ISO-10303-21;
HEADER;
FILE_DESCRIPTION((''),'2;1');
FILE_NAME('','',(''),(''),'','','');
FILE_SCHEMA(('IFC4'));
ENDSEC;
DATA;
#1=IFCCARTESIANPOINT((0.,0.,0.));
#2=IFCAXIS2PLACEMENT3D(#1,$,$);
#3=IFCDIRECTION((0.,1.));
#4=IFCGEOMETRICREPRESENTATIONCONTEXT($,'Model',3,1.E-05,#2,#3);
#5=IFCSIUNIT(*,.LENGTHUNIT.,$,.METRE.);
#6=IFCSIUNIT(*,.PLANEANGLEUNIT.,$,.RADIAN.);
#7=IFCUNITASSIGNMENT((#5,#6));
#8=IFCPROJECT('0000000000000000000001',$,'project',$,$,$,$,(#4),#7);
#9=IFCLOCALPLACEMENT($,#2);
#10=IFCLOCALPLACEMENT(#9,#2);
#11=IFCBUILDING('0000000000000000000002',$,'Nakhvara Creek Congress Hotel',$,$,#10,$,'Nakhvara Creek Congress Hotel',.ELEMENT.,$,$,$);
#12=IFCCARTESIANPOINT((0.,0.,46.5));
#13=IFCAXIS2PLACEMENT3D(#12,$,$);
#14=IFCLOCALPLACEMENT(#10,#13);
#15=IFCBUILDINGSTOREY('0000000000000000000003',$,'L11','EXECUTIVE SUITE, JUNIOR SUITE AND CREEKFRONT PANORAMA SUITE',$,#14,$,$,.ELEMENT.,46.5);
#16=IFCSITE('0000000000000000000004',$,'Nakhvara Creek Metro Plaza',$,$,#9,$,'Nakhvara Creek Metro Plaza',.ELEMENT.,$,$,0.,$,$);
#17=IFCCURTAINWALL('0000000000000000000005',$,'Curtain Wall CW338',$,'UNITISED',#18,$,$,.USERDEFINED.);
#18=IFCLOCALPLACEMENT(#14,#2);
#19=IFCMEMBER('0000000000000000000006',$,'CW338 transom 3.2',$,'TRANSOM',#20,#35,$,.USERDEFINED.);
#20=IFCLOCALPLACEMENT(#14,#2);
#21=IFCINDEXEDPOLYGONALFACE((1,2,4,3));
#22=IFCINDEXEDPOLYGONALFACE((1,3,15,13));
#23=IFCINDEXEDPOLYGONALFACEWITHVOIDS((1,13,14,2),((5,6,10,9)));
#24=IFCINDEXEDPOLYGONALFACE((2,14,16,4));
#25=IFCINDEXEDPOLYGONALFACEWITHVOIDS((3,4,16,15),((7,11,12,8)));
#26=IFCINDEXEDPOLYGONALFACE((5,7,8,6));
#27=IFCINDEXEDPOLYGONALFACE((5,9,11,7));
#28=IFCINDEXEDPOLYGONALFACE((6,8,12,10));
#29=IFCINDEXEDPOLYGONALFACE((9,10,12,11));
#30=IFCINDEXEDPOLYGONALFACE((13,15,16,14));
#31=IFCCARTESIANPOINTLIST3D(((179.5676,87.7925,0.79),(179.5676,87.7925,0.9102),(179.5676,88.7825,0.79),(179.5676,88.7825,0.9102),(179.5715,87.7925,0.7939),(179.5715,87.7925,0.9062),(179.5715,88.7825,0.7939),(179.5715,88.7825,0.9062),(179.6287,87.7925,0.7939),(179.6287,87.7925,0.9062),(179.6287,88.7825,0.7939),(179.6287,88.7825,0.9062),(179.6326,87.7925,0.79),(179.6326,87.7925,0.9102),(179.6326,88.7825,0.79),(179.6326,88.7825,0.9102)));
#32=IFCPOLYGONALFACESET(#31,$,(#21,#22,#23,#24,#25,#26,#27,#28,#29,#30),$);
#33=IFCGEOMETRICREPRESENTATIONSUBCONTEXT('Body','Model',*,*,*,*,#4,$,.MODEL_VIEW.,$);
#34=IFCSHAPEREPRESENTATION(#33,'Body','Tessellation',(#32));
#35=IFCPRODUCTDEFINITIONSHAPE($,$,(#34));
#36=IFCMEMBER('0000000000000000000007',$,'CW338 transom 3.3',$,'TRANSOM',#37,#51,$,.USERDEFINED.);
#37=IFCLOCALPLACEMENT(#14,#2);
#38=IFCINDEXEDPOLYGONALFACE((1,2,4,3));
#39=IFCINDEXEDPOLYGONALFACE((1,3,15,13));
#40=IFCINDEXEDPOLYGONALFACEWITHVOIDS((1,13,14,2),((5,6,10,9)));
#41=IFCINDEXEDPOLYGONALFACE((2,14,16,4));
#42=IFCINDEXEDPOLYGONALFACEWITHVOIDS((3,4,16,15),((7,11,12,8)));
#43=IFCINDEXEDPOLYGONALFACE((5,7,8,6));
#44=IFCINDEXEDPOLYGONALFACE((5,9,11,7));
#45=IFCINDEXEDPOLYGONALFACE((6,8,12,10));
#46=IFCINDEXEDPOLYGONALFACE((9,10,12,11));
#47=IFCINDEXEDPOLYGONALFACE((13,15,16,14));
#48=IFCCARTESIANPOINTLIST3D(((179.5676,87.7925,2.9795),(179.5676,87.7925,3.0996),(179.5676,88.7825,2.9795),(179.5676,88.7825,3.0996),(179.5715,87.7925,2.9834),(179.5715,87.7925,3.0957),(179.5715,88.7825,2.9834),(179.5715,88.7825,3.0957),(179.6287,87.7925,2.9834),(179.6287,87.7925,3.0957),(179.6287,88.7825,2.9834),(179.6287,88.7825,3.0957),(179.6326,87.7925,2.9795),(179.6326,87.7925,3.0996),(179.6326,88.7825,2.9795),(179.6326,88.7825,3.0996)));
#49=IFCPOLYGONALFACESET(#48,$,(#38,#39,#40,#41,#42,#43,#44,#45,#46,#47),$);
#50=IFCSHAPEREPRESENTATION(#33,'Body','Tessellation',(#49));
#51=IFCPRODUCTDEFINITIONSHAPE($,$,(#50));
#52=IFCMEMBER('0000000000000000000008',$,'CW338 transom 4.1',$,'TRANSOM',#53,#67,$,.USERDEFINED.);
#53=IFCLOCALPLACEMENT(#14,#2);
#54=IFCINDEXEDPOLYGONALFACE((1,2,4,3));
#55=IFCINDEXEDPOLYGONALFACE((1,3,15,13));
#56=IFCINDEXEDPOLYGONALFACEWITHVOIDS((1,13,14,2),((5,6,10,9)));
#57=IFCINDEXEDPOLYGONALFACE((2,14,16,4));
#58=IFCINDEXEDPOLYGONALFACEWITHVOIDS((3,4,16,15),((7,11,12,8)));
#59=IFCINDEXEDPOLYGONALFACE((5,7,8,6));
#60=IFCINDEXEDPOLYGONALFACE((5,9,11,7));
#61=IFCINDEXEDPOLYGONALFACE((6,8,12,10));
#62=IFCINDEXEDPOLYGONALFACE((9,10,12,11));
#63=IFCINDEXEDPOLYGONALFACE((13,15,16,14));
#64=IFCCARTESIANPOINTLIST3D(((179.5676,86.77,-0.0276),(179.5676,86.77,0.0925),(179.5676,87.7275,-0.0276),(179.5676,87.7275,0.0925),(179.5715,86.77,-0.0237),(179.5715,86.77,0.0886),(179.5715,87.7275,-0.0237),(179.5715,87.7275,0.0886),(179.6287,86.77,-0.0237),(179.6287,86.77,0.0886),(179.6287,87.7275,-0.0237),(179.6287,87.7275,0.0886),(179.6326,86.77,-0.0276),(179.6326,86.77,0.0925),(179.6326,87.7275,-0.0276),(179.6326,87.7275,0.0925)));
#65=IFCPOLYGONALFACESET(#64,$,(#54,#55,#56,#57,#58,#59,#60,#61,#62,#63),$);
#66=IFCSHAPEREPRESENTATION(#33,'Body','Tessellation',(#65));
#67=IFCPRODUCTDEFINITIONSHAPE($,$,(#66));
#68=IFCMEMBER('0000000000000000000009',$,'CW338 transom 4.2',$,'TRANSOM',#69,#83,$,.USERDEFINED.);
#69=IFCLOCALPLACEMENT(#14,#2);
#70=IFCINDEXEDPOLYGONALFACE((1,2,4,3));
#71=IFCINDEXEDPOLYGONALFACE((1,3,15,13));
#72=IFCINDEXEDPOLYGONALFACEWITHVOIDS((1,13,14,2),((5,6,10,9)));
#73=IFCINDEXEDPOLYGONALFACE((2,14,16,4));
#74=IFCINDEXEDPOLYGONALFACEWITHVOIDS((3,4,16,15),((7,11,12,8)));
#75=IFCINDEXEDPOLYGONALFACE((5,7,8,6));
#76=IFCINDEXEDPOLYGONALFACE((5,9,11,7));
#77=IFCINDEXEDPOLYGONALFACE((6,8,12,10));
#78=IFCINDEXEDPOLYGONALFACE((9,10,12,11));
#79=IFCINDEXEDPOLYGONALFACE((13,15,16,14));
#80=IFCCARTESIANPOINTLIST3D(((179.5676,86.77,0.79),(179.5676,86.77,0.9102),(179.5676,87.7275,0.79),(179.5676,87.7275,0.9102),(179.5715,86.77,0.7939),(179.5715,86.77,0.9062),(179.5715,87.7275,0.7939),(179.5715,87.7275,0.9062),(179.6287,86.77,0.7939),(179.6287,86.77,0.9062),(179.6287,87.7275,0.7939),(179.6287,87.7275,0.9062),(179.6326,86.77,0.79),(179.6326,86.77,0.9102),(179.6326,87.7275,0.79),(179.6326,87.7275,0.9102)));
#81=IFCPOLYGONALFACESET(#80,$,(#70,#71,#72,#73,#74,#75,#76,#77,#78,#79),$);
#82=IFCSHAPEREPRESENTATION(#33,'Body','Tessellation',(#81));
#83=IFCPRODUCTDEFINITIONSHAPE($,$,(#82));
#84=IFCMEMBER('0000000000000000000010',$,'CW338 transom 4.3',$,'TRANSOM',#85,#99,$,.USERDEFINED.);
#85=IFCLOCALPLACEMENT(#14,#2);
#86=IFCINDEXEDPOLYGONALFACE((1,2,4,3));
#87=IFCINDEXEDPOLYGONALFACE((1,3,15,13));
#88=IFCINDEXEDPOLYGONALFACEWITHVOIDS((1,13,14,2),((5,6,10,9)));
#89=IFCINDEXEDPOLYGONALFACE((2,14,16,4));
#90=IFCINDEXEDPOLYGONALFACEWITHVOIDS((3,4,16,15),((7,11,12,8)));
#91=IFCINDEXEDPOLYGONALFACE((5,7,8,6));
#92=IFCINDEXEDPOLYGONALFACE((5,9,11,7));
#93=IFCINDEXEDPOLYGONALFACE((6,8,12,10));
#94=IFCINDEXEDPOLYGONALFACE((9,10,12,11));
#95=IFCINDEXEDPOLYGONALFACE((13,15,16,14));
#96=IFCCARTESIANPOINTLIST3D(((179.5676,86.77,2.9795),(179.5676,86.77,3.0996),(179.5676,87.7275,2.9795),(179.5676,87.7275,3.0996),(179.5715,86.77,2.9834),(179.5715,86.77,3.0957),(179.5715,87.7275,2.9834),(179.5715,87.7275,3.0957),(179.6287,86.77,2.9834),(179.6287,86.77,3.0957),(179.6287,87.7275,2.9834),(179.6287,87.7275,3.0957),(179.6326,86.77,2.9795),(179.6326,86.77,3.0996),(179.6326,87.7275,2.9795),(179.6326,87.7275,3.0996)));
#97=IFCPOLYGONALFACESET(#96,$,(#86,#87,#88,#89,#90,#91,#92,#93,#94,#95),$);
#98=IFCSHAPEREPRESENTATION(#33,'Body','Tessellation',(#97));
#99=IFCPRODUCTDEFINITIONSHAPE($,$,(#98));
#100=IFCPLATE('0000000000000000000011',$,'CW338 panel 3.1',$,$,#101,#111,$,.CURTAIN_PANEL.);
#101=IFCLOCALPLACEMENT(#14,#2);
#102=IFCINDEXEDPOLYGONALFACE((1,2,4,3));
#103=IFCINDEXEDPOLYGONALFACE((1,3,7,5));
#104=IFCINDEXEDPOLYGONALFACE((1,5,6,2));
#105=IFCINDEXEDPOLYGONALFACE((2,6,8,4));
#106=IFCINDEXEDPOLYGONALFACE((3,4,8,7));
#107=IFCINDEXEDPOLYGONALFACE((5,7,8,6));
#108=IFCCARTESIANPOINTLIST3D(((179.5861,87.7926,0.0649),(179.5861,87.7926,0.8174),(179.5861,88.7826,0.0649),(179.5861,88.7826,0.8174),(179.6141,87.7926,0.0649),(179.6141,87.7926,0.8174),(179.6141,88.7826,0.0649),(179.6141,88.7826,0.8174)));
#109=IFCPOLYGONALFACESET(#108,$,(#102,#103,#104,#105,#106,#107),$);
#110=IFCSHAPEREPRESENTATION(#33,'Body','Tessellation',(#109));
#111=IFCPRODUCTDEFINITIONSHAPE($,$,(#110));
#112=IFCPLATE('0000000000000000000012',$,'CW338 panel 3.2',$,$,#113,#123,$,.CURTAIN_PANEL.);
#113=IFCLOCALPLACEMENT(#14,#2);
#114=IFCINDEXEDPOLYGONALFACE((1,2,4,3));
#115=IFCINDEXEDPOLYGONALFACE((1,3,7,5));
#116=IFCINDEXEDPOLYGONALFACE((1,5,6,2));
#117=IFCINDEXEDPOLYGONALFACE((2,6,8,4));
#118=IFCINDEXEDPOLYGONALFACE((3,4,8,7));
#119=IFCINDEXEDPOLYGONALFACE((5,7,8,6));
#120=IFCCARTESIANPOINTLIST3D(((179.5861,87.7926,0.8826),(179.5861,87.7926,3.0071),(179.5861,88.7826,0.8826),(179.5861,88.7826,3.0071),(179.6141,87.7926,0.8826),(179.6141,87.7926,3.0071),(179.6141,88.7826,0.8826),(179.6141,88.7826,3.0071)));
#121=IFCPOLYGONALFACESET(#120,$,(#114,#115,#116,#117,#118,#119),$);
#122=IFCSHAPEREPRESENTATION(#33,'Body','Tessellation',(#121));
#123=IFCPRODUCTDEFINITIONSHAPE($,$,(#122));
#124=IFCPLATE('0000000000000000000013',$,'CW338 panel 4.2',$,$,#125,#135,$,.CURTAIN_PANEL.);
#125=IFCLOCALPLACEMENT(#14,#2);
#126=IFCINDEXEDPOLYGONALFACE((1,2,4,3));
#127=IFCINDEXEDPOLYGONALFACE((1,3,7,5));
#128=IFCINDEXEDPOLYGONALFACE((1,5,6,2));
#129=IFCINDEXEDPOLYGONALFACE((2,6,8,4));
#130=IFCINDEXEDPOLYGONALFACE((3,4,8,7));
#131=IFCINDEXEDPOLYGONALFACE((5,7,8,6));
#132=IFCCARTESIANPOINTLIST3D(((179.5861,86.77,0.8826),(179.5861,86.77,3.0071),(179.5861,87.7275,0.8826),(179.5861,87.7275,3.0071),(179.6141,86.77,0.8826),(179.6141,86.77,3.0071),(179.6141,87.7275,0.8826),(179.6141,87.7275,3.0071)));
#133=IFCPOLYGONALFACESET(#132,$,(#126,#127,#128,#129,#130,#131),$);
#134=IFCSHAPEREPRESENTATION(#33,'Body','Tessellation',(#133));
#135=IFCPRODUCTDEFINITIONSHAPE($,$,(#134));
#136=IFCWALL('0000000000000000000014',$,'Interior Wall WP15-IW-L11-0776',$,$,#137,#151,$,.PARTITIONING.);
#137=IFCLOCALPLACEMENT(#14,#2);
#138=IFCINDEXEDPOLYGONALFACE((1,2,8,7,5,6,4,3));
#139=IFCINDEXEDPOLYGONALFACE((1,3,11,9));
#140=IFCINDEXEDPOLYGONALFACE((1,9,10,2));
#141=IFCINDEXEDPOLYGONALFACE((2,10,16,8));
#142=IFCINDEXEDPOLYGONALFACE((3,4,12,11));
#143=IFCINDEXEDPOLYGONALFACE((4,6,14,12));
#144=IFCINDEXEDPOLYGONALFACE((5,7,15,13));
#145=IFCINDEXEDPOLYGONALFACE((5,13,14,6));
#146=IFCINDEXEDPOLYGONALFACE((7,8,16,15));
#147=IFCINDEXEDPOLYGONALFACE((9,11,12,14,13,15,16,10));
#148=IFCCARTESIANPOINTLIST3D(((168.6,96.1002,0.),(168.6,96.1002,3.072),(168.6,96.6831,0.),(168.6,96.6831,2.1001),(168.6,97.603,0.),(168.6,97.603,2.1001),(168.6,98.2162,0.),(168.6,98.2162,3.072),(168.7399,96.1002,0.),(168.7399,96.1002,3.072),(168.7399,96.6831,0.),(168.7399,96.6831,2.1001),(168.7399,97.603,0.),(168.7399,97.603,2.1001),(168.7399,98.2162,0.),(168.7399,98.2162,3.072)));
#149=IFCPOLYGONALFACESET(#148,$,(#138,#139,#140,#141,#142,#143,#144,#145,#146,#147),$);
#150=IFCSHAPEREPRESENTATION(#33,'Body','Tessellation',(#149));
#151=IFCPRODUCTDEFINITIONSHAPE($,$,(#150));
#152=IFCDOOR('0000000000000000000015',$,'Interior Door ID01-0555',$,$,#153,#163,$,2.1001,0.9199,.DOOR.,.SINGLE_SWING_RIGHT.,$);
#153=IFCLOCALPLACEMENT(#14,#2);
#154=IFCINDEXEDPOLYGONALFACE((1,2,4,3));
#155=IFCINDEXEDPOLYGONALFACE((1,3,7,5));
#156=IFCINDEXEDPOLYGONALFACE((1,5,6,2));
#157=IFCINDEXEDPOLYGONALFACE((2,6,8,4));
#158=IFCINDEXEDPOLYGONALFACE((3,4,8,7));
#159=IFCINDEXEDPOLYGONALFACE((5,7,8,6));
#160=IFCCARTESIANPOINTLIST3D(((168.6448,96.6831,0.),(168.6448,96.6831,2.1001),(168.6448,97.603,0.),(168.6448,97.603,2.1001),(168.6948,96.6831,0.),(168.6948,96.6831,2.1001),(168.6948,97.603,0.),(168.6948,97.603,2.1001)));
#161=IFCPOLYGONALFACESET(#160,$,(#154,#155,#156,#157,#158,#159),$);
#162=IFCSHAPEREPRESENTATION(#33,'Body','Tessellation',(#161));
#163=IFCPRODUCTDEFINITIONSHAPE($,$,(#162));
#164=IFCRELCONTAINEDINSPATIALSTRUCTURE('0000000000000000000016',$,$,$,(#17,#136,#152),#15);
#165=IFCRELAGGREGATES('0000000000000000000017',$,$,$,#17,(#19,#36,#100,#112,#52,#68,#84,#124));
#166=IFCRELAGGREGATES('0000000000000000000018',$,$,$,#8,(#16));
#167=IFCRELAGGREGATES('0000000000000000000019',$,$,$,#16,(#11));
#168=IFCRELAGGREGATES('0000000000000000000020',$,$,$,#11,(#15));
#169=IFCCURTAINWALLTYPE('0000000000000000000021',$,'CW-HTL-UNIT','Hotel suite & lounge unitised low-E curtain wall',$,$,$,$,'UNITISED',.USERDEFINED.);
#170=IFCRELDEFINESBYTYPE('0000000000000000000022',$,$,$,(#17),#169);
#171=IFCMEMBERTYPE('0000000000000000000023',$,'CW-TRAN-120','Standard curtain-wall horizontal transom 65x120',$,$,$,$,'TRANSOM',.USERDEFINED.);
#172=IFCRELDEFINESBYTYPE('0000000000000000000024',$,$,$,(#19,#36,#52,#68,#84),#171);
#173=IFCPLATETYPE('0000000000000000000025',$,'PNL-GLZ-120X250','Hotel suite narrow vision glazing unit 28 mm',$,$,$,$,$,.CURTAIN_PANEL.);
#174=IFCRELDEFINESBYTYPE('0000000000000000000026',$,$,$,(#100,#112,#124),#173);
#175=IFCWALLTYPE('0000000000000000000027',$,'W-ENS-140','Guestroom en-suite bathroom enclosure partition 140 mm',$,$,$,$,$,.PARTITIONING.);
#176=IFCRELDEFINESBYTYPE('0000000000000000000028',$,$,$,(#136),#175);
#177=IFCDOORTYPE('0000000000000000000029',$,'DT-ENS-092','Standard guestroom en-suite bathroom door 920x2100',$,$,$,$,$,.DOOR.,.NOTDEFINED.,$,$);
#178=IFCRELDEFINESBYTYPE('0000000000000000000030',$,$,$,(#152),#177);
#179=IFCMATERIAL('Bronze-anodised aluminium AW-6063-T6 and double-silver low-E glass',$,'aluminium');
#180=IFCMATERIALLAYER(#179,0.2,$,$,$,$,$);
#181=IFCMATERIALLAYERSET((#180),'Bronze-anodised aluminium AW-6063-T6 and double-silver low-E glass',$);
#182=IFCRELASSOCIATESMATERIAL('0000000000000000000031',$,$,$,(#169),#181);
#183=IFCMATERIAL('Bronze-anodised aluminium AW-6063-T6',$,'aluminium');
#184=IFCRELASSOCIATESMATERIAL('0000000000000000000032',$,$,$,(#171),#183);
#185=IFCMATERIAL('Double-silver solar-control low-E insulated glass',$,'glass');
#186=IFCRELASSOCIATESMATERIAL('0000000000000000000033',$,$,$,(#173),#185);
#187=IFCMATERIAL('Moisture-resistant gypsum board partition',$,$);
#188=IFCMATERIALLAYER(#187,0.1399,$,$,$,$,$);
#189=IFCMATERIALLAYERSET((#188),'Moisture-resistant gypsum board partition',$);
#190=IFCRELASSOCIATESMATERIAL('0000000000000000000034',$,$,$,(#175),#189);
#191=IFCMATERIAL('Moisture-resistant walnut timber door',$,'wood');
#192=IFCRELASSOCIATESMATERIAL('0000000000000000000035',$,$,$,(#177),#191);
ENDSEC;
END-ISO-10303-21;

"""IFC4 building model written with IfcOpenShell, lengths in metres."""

from ifc_helpers import new_model, si_unit, direction, frame, frame_2d, origin, origin_2d, place, context, subcontext, project, spatial, rectangle, hollow_rectangle, extrude, material, layer, layer_set, material_profile, profile_set, type_object, element, fill, aggregate, save


model = new_model("IFC4")

# Units and contexts
model_context = context("Model", 3, precision=1e-05, world=origin(), true_north=direction((0.0, 1.0)))
body_context = subcontext(model_context, "Body", "Model", "MODEL_VIEW")
ifc_project = project(units=[si_unit("LENGTHUNIT", "METRE"), si_unit("PLANEANGLEUNIT", "RADIAN")], contexts=[model_context])

# Site, building, storey
site_placement = place(None, origin())
site = spatial("IfcSite", under=ifc_project, at=site_placement, Name="Nakhvara Creek Metro Plaza", LongName="Nakhvara Creek Metro Plaza", CompositionType="ELEMENT", RefElevation=0.0)
building_placement = place(site_placement, origin())
building = spatial("IfcBuilding", under=site, at=building_placement, Name="Nakhvara Creek Congress Hotel", LongName="Nakhvara Creek Congress Hotel", CompositionType="ELEMENT")
storey_placement = place(building_placement, frame((0.0, 0.0, 46.5)))
storey = spatial("IfcBuildingStorey", under=building, at=storey_placement, Name="L11", Description="EXECUTIVE SUITE, JUNIOR SUITE AND CREEKFRONT PANORAMA SUITE", CompositionType="ELEMENT", Elevation=46.5)

# Curtain wall, members, plates
ifc_material_1 = material(Name="Bronze-anodised aluminium AW-6063-T6 and double-silver low-E glass", Category="aluminium")
ifc_layer_1 = layer(ifc_material_1, 0.2)
ifc_layer_set_1 = layer_set([ifc_layer_1], Name="Bronze-anodised aluminium AW-6063-T6 and double-silver low-E glass")
curtain_wall_type = type_object("IfcCurtainWallType", Name="CW-HTL-UNIT", Description="Hotel suite & lounge unitised low-E curtain wall", ElementType="UNITISED", PredefinedType="USERDEFINED", material=ifc_layer_set_1)
curtain_wall_placement = place(storey_placement, origin())
curtain_wall = element("IfcCurtainWall", 1, at=curtain_wall_placement, inside=storey, type_object=curtain_wall_type, Name="Curtain Wall CW338", ObjectType="UNITISED", PredefinedType="USERDEFINED")
ifc_material_2 = material(Name="Bronze-anodised aluminium AW-6063-T6", Category="aluminium")
ifc_material_profile_1 = material_profile(ifc_material_2, hollow_rectangle(XDim=0.0649, YDim=0.1201, WallThickness=0.0039, at=origin_2d()), Name="ALU-TRAN 65x120x4", Category="LoadBearing")
ifc_profile_set_1 = profile_set([ifc_material_profile_1], Name="Bronze-anodised aluminium AW-6063-T6")
member_type_1 = type_object("IfcMemberType", Name="CW-TRAN-120", Description="Standard curtain-wall horizontal transom 65x120", ElementType="TRANSOM", PredefinedType="USERDEFINED", material=ifc_profile_set_1)
member_1_placement = place(storey_placement, frame((179.6001, 88.7825, 0.8501), z_axis=(0.0, -1.0, 0.0), x_axis=(1.0, 0.0, 0.0)))
member_1 = element("IfcMember", 2, at=member_1_placement, type_object=member_type_1, Name="CW338 transom 3.2", ObjectType="TRANSOM", PredefinedType="USERDEFINED", context=body_context, shape_type="SweptSolid", body=[
    extrude(hollow_rectangle(XDim=0.0649, YDim=0.1201, WallThickness=0.0039, at=origin_2d()), origin(), (0.0, 0.0, 1.0), 0.99),
])
member_2_placement = place(storey_placement, frame((179.6001, 88.7825, 3.0396), z_axis=(0.0, -1.0, 0.0), x_axis=(1.0, 0.0, 0.0)))
member_2 = element("IfcMember", 3, at=member_2_placement, type_object=member_type_1, Name="CW338 transom 3.3", ObjectType="TRANSOM", PredefinedType="USERDEFINED", context=body_context, shape_type="SweptSolid", body=[
    extrude(hollow_rectangle(XDim=0.0649, YDim=0.1201, WallThickness=0.0039, at=origin_2d()), origin(), (0.0, 0.0, 1.0), 0.99),
])
member_3_placement = place(storey_placement, frame((179.6001, 87.7275, 0.0325), z_axis=(0.0, -1.0, 0.0), x_axis=(1.0, 0.0, 0.0)))
member_3 = element("IfcMember", 4, at=member_3_placement, type_object=member_type_1, Name="CW338 transom 4.1", ObjectType="TRANSOM", PredefinedType="USERDEFINED", context=body_context, shape_type="SweptSolid", body=[
    extrude(hollow_rectangle(XDim=0.0649, YDim=0.1201, WallThickness=0.0039, at=origin_2d()), origin(), (0.0, 0.0, 1.0), 0.9575),
])
member_4_placement = place(storey_placement, frame((179.6001, 87.7275, 0.8501), z_axis=(0.0, -1.0, 0.0), x_axis=(1.0, 0.0, 0.0)))
member_4 = element("IfcMember", 5, at=member_4_placement, type_object=member_type_1, Name="CW338 transom 4.2", ObjectType="TRANSOM", PredefinedType="USERDEFINED", context=body_context, shape_type="SweptSolid", body=[
    extrude(hollow_rectangle(XDim=0.0649, YDim=0.1201, WallThickness=0.0039, at=origin_2d()), origin(), (0.0, 0.0, 1.0), 0.9575),
])
member_5_placement = place(storey_placement, frame((179.6001, 87.7275, 3.0396), z_axis=(0.0, -1.0, 0.0), x_axis=(1.0, 0.0, 0.0)))
member_5 = element("IfcMember", 6, at=member_5_placement, type_object=member_type_1, Name="CW338 transom 4.3", ObjectType="TRANSOM", PredefinedType="USERDEFINED", context=body_context, shape_type="SweptSolid", body=[
    extrude(hollow_rectangle(XDim=0.0649, YDim=0.1201, WallThickness=0.0039, at=origin_2d()), origin(), (0.0, 0.0, 1.0), 0.9575),
])
ifc_material_3 = material(Name="Double-silver solar-control low-E insulated glass", Category="glass")
plate_type = type_object("IfcPlateType", Name="PNL-GLZ-120X250", Description="Hotel suite narrow vision glazing unit 28 mm", PredefinedType="CURTAIN_PANEL", material=ifc_material_3)
plate_1_placement = place(storey_placement, frame((179.6001, 88.2876, 0.0649), z_axis=(0.0, 0.0, 1.0), x_axis=(0.0, -1.0, 0.0)))
plate_1 = element("IfcPlate", 7, at=plate_1_placement, type_object=plate_type, Name="CW338 panel 3.1", PredefinedType="CURTAIN_PANEL", context=body_context, shape_type="SweptSolid", body=[
    extrude(rectangle(XDim=0.99, YDim=0.0281, at=origin_2d()), origin(), (0.0, 0.0, 1.0), 0.7524),
])
plate_2_placement = place(storey_placement, frame((179.6001, 88.2876, 0.8826), z_axis=(0.0, 0.0, 1.0), x_axis=(0.0, -1.0, 0.0)))
plate_2 = element("IfcPlate", 8, at=plate_2_placement, type_object=plate_type, Name="CW338 panel 3.2", PredefinedType="CURTAIN_PANEL", context=body_context, shape_type="SweptSolid", body=[
    extrude(rectangle(XDim=0.99, YDim=0.0281, at=origin_2d()), origin(), (0.0, 0.0, 1.0), 2.1245),
])
plate_3_placement = place(storey_placement, frame((179.6001, 87.2488, 0.8826), z_axis=(0.0, 0.0, 1.0), x_axis=(0.0, -1.0, 0.0)))
plate_3 = element("IfcPlate", 9, at=plate_3_placement, type_object=plate_type, Name="CW338 panel 4.2", PredefinedType="CURTAIN_PANEL", context=body_context, shape_type="SweptSolid", body=[
    extrude(rectangle(XDim=0.9575, YDim=0.0281, at=origin_2d()), origin(), (0.0, 0.0, 1.0), 2.1245),
])
aggregate(curtain_wall, [member_1, member_2, plate_1, plate_2, member_3, member_4, member_5, plate_3])

# Wall, opening, door
ifc_material_4 = material(Name="Moisture-resistant gypsum board partition")
ifc_layer_2 = layer(ifc_material_4, 0.1399)
ifc_layer_set_2 = layer_set([ifc_layer_2], Name="Moisture-resistant gypsum board partition")
wall_type_1 = type_object("IfcWallType", Name="W-ENS-140", Description="Guestroom en-suite bathroom enclosure partition 140 mm", PredefinedType="PARTITIONING", material=ifc_layer_set_2)
wall_1_placement = place(storey_placement, frame((168.6699, 96.1001, 0.0), z_axis=(0.0, 0.0, 1.0), x_axis=(0.0, 1.0, 0.0)))
wall_1 = element("IfcWall", 10, at=wall_1_placement, inside=storey, type_object=wall_type_1, Name="Interior Wall WP15-IW-L11-0776", PredefinedType="PARTITIONING", context=body_context, shape_type="SweptSolid", body=[
    extrude(rectangle(XDim=2.116, YDim=0.1399, at=frame_2d((1.0581, 0.0))), origin(), (0.0, 0.0, 1.0), 3.072),
])
opening_1_placement = place(wall_1_placement, frame((0.583, 0.0, 0.0)))
opening_1 = element("IfcOpeningElement", 11, at=opening_1_placement, cuts=wall_1, PredefinedType="OPENING", context=body_context, shape_type="SweptSolid", body=[
    extrude(rectangle(XDim=0.9199, YDim=2.1001, at=frame_2d((0.46, 1.05))), frame((0.0, 0.082, 0.0), z_axis=(0.0, -1.0, 0.0), x_axis=(1.0, 0.0, 0.0)), (0.0, 0.0, 1.0), 0.1638),
])
ifc_material_5 = material(Name="Moisture-resistant walnut timber door", Category="wood")
door_type = type_object("IfcDoorType", Name="DT-ENS-092", Description="Standard guestroom en-suite bathroom door 920x2100", OperationType="NOTDEFINED", PredefinedType="DOOR", material=ifc_material_5)
door_placement = place(opening_1_placement, frame((0.9199, 0.0, 0.0), z_axis=(0.0, 0.0, 1.0), x_axis=(-1.0, 0.0, 0.0)))
door = element("IfcDoor", 12, at=door_placement, inside=storey, type_object=door_type, Name="Interior Door ID01-0555", OperationType="SINGLE_SWING_RIGHT", OverallHeight=2.1001, OverallWidth=0.9199, PredefinedType="DOOR", context=body_context, shape_type="SweptSolid", body=[
    extrude(rectangle(XDim=0.9199, YDim=2.1001, at=frame_2d((0.46, 1.05))), frame((0.0, 0.0249, 0.0), z_axis=(0.0, -1.0, 0.0), x_axis=(1.0, 0.0, 0.0)), (0.0, 0.0, 1.0), 0.05),
])
fill(opening_1, door)

save(model, "model.ifc")
